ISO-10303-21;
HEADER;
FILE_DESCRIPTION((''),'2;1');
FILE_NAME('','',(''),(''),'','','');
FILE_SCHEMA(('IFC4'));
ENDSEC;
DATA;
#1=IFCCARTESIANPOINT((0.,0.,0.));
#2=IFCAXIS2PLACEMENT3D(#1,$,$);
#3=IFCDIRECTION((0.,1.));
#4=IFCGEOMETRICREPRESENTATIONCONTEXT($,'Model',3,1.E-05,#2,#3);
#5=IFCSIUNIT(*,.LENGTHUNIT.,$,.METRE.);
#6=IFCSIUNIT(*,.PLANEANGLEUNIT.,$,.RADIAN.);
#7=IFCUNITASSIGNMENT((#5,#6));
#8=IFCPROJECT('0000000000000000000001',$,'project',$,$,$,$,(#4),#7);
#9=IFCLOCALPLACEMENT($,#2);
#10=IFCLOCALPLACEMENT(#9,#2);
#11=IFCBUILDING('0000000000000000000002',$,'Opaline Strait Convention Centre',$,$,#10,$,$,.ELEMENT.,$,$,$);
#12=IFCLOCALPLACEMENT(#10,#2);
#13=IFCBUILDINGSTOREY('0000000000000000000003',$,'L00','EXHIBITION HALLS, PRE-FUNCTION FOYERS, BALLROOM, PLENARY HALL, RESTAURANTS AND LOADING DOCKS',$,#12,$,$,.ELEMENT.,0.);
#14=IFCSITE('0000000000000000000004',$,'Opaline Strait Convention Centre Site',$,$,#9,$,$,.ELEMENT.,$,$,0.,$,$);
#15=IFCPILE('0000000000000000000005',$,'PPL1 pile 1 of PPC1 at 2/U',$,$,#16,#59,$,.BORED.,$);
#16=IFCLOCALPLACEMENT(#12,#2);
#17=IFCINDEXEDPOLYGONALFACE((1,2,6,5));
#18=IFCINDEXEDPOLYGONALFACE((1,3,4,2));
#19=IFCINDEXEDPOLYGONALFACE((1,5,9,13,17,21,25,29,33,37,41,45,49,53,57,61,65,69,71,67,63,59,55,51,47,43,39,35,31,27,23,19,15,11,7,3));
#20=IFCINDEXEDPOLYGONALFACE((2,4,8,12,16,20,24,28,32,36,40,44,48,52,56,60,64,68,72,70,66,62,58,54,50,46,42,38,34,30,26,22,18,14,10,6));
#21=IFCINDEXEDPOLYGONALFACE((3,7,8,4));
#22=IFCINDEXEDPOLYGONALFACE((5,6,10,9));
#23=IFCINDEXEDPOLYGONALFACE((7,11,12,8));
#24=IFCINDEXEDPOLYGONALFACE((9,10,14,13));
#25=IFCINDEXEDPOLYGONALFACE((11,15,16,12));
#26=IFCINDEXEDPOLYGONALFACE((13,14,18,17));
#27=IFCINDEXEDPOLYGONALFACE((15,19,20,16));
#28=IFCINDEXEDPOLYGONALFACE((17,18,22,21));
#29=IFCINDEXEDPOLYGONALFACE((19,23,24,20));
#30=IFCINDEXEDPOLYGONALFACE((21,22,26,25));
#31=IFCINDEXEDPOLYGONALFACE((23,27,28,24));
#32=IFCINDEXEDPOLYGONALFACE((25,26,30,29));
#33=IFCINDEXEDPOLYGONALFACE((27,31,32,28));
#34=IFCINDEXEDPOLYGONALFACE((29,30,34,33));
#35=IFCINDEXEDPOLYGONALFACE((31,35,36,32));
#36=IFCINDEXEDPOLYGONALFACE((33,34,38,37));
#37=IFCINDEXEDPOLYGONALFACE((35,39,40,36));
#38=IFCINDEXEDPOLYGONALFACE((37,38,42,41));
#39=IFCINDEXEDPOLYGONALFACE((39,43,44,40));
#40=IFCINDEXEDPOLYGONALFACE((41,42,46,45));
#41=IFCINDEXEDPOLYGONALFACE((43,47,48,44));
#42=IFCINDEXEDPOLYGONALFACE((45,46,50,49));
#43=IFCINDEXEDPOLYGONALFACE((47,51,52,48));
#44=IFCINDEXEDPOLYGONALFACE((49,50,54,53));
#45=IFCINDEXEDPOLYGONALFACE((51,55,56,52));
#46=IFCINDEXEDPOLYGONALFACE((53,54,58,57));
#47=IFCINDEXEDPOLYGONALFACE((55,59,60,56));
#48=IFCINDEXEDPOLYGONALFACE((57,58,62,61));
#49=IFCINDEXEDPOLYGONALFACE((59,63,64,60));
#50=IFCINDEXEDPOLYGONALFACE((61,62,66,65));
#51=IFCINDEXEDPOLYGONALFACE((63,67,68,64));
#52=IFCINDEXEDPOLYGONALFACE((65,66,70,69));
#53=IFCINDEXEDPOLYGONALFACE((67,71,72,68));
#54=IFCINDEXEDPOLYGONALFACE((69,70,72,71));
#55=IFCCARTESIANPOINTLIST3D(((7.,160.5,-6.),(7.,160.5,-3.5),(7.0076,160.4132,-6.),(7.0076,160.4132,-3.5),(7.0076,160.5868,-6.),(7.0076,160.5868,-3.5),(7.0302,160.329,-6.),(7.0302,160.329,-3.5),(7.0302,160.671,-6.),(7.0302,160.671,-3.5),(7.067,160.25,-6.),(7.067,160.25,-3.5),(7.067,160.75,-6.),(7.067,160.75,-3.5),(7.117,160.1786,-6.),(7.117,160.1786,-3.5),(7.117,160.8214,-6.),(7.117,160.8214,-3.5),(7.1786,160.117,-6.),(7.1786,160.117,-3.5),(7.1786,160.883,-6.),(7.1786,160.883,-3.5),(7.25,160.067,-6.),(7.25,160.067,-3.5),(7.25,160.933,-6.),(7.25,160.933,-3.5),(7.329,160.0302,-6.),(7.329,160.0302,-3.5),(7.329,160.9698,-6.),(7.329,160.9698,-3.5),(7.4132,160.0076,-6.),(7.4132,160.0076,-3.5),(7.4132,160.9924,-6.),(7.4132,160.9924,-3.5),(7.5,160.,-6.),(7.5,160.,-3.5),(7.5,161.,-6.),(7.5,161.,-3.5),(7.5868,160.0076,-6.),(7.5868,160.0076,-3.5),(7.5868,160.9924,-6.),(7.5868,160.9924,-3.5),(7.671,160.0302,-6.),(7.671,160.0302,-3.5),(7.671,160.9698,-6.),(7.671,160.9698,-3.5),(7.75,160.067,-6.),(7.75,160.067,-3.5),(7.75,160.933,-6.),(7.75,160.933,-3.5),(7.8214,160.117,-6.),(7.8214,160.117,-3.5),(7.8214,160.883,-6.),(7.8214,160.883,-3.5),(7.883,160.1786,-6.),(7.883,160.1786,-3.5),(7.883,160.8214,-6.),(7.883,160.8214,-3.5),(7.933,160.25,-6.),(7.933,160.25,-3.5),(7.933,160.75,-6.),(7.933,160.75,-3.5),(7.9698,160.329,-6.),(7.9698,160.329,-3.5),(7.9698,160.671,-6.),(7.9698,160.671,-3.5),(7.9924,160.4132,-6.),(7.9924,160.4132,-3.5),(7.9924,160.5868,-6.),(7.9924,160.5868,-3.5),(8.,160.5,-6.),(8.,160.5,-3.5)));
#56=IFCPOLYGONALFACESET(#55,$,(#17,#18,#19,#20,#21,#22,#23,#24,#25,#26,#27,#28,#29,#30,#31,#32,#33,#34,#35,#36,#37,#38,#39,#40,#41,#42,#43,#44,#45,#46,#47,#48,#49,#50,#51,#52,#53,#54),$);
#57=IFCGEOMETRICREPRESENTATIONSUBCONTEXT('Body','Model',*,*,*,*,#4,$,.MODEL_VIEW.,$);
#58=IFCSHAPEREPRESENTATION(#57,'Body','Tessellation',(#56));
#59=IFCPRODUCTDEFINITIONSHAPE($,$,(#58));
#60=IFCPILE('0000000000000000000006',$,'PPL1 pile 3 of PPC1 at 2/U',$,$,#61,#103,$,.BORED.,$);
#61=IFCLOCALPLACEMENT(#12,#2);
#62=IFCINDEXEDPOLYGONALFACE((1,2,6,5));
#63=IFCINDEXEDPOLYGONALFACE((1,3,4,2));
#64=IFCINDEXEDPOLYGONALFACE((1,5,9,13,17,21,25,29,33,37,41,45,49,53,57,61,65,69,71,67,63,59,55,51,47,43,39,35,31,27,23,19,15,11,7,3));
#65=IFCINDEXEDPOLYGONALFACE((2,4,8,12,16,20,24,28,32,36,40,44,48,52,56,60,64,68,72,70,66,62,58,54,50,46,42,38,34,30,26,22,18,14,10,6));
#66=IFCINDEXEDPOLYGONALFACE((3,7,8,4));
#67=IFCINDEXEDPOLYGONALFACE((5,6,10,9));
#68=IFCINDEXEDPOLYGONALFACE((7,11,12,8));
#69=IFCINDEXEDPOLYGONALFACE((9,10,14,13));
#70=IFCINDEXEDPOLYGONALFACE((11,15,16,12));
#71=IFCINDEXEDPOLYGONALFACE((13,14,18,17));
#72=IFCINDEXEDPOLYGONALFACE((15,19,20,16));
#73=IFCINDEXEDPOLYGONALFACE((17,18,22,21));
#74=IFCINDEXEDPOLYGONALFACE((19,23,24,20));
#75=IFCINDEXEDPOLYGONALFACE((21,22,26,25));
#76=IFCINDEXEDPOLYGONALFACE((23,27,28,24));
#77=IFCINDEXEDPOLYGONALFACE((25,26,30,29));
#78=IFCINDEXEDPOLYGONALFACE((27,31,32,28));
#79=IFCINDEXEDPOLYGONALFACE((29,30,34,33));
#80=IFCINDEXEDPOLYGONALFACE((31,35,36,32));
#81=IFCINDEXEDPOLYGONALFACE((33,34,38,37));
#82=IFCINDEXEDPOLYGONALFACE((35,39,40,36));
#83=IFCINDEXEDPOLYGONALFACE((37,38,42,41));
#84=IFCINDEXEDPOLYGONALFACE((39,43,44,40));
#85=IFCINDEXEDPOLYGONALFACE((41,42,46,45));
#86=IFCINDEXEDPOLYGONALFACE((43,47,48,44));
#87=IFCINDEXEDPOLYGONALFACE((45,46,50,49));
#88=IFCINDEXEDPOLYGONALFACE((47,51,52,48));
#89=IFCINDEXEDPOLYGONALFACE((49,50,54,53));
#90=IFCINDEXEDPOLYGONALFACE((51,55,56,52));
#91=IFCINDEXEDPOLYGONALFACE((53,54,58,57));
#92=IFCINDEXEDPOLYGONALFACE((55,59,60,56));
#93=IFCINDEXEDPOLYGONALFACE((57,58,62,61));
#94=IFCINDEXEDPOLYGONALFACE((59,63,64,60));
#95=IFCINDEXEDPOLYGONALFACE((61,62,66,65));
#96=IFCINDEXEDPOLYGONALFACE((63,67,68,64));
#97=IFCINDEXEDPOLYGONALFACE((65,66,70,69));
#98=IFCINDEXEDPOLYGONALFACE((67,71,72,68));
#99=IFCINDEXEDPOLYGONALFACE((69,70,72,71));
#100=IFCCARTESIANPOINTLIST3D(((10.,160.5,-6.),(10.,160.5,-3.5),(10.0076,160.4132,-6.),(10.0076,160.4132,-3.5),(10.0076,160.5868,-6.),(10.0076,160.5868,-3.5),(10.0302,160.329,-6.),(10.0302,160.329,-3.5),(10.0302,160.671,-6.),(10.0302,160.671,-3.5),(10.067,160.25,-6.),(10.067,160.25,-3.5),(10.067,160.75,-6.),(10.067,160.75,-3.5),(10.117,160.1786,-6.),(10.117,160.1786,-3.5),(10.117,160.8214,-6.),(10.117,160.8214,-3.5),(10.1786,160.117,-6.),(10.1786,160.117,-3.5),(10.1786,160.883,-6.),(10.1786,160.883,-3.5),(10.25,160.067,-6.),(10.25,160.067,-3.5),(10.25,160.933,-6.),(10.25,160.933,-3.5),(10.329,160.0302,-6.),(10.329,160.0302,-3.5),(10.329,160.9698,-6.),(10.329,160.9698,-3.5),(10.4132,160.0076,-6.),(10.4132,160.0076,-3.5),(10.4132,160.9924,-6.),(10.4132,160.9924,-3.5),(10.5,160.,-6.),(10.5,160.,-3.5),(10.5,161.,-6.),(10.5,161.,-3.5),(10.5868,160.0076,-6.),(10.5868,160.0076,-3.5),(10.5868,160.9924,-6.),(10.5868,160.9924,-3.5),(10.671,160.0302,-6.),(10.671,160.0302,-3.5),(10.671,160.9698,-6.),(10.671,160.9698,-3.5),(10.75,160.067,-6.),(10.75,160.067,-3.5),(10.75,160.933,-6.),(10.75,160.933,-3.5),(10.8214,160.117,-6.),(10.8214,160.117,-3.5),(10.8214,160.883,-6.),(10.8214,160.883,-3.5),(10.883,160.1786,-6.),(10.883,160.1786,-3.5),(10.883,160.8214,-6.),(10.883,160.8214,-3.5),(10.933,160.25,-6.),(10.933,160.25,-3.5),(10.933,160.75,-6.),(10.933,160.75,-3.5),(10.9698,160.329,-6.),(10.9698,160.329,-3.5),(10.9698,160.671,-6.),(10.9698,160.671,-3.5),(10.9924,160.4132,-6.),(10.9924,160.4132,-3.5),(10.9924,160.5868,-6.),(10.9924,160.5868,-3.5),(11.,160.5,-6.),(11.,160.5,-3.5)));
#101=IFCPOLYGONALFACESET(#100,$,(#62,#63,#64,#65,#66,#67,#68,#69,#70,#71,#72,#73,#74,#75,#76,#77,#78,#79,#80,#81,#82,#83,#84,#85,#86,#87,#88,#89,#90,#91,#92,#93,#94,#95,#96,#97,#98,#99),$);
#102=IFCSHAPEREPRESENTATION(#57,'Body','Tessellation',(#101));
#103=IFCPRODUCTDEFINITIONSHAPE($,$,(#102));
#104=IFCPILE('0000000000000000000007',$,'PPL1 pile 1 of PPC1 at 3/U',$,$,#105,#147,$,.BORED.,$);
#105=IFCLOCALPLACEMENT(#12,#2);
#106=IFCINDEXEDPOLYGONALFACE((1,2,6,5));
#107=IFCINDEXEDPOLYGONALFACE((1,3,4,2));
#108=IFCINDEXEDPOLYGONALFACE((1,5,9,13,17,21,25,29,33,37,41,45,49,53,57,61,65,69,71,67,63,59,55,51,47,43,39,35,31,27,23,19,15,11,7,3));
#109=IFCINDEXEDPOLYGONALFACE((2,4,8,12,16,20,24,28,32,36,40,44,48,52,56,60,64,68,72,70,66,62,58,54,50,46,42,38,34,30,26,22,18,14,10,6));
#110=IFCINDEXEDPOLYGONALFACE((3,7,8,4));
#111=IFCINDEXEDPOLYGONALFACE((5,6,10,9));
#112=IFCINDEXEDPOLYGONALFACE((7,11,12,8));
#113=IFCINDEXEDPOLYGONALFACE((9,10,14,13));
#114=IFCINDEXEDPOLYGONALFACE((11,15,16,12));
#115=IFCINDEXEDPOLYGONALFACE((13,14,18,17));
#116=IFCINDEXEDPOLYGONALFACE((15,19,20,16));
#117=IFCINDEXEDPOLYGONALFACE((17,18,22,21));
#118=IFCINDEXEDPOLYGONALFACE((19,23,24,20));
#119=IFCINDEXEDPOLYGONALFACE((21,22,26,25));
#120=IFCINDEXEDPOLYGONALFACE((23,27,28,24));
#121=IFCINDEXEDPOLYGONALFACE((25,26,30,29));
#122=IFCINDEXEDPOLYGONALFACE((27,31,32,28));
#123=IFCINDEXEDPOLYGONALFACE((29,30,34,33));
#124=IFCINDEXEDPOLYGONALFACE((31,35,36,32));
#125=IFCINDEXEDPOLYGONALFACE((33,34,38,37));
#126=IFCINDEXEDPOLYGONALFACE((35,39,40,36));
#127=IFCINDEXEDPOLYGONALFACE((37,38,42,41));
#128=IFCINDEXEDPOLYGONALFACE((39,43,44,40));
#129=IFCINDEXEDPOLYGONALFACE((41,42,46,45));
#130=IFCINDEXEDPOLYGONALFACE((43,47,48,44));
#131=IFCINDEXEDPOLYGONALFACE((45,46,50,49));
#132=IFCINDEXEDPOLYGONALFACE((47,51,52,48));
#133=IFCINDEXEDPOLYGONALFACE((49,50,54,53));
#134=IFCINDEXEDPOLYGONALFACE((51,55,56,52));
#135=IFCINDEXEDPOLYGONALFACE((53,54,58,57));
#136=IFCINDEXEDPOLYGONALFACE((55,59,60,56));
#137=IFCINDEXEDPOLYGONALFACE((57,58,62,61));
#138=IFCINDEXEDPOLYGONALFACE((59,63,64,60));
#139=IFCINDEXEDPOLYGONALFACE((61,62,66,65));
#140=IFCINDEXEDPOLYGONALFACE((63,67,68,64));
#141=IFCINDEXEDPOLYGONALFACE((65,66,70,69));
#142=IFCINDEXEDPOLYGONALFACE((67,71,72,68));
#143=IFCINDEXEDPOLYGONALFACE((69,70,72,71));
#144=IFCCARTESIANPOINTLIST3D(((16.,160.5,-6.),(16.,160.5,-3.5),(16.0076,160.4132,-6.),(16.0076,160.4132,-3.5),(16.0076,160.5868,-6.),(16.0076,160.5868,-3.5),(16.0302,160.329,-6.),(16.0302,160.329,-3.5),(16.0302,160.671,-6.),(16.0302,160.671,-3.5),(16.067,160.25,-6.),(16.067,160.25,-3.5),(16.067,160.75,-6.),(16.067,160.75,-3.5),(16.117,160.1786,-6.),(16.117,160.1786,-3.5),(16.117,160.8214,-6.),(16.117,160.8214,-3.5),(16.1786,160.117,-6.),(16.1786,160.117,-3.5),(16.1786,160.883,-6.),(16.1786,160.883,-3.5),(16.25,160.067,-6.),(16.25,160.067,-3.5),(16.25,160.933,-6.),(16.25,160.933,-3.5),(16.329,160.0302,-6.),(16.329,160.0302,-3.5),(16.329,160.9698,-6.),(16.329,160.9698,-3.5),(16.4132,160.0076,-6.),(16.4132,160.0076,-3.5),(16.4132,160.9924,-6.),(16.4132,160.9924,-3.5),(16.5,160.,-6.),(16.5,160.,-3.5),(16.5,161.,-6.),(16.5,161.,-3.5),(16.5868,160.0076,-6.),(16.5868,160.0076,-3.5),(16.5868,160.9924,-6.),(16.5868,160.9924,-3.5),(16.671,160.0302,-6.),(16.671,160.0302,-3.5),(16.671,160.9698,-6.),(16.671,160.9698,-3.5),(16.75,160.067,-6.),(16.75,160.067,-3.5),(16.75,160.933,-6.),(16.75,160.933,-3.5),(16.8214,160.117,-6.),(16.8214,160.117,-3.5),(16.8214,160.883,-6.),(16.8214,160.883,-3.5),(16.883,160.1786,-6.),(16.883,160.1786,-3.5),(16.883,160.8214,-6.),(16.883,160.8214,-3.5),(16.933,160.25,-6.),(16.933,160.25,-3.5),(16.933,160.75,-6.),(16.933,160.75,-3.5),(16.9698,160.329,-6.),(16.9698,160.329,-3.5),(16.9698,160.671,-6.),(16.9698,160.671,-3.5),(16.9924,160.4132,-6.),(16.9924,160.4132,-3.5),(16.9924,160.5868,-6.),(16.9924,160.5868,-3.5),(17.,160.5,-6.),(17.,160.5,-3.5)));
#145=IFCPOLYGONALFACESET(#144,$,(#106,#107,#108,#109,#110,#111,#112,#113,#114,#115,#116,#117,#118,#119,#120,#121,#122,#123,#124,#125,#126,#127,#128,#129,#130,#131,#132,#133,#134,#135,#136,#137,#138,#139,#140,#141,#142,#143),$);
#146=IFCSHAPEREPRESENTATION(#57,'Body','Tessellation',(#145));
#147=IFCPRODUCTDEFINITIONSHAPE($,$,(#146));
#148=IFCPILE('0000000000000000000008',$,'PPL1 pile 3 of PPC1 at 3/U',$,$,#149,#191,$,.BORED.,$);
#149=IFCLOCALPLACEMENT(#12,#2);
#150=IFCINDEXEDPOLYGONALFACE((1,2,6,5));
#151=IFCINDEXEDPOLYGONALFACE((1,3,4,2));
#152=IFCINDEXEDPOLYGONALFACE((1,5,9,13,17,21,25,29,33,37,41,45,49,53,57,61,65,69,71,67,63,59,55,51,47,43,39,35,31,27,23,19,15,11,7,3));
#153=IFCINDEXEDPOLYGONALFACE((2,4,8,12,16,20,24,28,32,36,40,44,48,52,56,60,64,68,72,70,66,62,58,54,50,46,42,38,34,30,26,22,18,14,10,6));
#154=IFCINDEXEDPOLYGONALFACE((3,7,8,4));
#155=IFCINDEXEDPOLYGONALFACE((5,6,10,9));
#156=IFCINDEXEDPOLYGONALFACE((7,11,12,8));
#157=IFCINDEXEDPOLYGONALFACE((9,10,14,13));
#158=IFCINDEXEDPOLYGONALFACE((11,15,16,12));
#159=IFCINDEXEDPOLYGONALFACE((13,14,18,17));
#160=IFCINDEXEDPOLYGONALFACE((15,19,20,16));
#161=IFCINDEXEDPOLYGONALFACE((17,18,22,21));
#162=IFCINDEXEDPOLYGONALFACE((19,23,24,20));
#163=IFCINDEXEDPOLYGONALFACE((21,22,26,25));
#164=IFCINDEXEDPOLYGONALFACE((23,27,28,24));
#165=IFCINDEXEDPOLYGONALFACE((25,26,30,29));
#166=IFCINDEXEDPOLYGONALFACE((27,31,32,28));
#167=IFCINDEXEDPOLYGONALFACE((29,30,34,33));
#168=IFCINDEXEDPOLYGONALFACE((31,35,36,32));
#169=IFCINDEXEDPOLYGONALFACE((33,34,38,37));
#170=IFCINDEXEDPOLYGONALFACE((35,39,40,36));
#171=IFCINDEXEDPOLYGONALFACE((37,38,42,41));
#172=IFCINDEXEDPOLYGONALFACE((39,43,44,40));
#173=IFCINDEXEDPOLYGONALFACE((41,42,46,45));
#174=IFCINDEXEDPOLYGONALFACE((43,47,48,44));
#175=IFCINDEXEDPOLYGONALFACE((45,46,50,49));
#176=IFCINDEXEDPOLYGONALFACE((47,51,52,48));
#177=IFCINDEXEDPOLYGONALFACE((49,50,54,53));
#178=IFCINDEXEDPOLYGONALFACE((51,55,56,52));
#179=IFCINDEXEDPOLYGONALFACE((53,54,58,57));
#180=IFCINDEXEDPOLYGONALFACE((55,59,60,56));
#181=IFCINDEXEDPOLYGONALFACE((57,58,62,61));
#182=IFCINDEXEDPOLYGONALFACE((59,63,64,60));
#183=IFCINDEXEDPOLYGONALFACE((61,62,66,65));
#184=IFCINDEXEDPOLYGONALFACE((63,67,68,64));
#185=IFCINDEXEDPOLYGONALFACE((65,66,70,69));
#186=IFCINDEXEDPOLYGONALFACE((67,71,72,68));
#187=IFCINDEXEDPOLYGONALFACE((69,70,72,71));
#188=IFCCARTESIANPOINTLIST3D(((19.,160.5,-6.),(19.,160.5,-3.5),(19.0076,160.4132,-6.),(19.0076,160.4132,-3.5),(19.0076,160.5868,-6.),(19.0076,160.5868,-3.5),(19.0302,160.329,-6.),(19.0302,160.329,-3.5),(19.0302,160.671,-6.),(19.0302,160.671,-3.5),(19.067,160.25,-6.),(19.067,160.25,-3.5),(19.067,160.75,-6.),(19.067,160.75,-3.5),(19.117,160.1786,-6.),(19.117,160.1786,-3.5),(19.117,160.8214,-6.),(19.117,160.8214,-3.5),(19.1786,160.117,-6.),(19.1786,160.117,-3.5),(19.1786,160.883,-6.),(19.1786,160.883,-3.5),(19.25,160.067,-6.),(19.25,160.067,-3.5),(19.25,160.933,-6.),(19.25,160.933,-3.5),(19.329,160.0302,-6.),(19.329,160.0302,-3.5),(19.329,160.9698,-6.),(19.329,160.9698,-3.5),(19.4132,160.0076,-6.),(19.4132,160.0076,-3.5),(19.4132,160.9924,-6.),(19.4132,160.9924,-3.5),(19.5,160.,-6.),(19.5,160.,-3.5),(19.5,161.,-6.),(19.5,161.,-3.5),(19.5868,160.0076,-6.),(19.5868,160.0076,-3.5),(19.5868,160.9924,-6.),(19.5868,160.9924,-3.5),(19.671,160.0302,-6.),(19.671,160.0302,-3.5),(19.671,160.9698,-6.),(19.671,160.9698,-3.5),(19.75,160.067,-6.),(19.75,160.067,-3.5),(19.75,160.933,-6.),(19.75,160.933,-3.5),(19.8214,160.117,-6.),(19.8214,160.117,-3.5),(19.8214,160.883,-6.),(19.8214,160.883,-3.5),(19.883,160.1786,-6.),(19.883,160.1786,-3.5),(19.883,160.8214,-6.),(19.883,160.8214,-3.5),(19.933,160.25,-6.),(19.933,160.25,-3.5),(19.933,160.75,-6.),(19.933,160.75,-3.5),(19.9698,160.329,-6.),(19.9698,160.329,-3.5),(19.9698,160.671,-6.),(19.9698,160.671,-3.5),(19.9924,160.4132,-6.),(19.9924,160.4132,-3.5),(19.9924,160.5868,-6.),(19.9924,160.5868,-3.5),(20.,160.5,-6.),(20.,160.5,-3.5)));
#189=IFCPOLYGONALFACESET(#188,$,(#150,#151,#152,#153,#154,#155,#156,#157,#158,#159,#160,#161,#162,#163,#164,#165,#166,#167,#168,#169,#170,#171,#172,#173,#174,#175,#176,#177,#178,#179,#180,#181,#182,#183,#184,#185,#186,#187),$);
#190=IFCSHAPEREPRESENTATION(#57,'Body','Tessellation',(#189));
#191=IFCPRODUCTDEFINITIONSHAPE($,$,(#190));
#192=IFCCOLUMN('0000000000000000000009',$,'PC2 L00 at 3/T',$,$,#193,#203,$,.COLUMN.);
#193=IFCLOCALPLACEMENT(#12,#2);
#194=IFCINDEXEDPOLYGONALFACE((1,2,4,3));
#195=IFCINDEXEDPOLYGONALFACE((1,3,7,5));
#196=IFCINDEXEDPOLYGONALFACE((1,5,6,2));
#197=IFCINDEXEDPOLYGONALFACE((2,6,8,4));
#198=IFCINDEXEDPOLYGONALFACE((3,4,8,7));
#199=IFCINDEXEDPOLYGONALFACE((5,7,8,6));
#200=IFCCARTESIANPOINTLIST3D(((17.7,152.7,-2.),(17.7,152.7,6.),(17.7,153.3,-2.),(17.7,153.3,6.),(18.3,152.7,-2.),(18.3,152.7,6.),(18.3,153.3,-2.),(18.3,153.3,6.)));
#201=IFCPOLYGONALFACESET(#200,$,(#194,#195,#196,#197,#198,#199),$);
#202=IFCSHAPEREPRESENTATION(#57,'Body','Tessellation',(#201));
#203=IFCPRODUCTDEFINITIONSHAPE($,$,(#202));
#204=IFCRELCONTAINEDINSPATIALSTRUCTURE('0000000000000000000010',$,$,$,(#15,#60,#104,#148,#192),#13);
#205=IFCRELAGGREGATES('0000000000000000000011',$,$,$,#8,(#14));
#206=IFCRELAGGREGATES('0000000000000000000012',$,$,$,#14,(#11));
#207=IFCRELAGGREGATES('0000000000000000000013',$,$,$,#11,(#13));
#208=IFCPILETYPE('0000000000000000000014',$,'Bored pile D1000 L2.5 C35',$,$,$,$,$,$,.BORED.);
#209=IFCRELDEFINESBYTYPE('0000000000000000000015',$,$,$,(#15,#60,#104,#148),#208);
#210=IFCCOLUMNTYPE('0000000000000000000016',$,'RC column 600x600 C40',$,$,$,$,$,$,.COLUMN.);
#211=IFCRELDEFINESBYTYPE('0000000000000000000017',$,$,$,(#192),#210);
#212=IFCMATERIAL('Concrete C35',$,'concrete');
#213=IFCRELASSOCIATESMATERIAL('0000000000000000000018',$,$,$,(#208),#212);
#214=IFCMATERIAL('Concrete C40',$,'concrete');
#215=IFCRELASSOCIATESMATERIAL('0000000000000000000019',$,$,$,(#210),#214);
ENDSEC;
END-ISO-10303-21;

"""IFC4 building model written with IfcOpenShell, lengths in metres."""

from ifc_helpers import new_model, si_unit, direction, frame, origin, origin_2d, place, context, subcontext, project, spatial, rectangle, circle, extrude, material, material_profile, profile_set, type_object, element, save


model = new_model("IFC4")

# Units and contexts
model_context = context("Model", 3, precision=1e-05, world=origin(), true_north=direction((0.0, 1.0)))
body_context = subcontext(model_context, "Body", "Model", "MODEL_VIEW")
ifc_project = project(units=[si_unit("LENGTHUNIT", "METRE"), si_unit("PLANEANGLEUNIT", "RADIAN")], contexts=[model_context])

# Site, building, storey
site_placement = place(None, origin())
site = spatial("IfcSite", under=ifc_project, at=site_placement, Name="Opaline Strait Convention Centre Site", CompositionType="ELEMENT", RefElevation=0.0)
building_placement = place(site_placement, origin())
building = spatial("IfcBuilding", under=site, at=building_placement, Name="Opaline Strait Convention Centre", CompositionType="ELEMENT")
storey_placement = place(building_placement, origin())
storey = spatial("IfcBuildingStorey", under=building, at=storey_placement, Name="L00", Description="EXHIBITION HALLS, PRE-FUNCTION FOYERS, BALLROOM, PLENARY HALL, RESTAURANTS AND LOADING DOCKS", CompositionType="ELEMENT", Elevation=0.0)

# Piles
ifc_material_1 = material(Name="Concrete C35", Category="concrete")
ifc_material_profile_1 = material_profile(ifc_material_1, circle(Radius=0.5, at=origin_2d()), Name="D1000")
ifc_profile_set_1 = profile_set([ifc_material_profile_1], Name="Concrete C35")
pile_type = type_object("IfcPileType", Name="Bored pile D1000 L2.5 C35", PredefinedType="BORED", material=ifc_profile_set_1)
for number, where, z_axis, x_axis, name in (
    (1, (7.5, 160.5, -3.5), (0.0, 0.0, -1.0), (1.0, 0.0, 0.0), "PPL1 pile 1 of PPC1 at 2/U"),
    (2, (10.5, 160.5, -3.5), (0.0, 0.0, -1.0), (1.0, 0.0, 0.0), "PPL1 pile 3 of PPC1 at 2/U"),
    (3, (16.5, 160.5, -3.5), (0.0, 0.0, -1.0), (1.0, 0.0, 0.0), "PPL1 pile 1 of PPC1 at 3/U"),
    (4, (19.5, 160.5, -3.5), (0.0, 0.0, -1.0), (1.0, 0.0, 0.0), "PPL1 pile 3 of PPC1 at 3/U"),
):
    element("IfcPile", number, at=place(storey_placement, frame(where, z_axis=z_axis, x_axis=x_axis)), inside=storey, type_object=pile_type, Name=name, PredefinedType="BORED", context=body_context, shape_type="SweptSolid", body=[
        extrude(circle(Radius=0.5, at=origin_2d()), origin(), (0.0, 0.0, 1.0), 2.5),
    ])

# Column
ifc_material_2 = material(Name="Concrete C40", Category="concrete")
ifc_material_profile_2 = material_profile(ifc_material_2, rectangle(XDim=0.6001, YDim=0.6001, at=origin_2d()), Name="RC 600x600")
ifc_profile_set_2 = profile_set([ifc_material_profile_2], Name="Concrete C40")
column_type_1 = type_object("IfcColumnType", Name="RC column 600x600 C40", PredefinedType="COLUMN", material=ifc_profile_set_2)
column_1_placement = place(storey_placement, frame((18.0, 153.0, -2.0), z_axis=(0.0, 0.0, 1.0), x_axis=(1.0, 0.0, 0.0)))
element("IfcColumn", 5, at=column_1_placement, inside=storey, type_object=column_type_1, Name="PC2 L00 at 3/T", PredefinedType="COLUMN", context=body_context, shape_type="SweptSolid", body=[
    extrude(rectangle(XDim=0.6001, YDim=0.6001, at=origin_2d()), origin(), (0.0, 0.0, 1.0), 8.0),
])

save(model, "model.ifc")
